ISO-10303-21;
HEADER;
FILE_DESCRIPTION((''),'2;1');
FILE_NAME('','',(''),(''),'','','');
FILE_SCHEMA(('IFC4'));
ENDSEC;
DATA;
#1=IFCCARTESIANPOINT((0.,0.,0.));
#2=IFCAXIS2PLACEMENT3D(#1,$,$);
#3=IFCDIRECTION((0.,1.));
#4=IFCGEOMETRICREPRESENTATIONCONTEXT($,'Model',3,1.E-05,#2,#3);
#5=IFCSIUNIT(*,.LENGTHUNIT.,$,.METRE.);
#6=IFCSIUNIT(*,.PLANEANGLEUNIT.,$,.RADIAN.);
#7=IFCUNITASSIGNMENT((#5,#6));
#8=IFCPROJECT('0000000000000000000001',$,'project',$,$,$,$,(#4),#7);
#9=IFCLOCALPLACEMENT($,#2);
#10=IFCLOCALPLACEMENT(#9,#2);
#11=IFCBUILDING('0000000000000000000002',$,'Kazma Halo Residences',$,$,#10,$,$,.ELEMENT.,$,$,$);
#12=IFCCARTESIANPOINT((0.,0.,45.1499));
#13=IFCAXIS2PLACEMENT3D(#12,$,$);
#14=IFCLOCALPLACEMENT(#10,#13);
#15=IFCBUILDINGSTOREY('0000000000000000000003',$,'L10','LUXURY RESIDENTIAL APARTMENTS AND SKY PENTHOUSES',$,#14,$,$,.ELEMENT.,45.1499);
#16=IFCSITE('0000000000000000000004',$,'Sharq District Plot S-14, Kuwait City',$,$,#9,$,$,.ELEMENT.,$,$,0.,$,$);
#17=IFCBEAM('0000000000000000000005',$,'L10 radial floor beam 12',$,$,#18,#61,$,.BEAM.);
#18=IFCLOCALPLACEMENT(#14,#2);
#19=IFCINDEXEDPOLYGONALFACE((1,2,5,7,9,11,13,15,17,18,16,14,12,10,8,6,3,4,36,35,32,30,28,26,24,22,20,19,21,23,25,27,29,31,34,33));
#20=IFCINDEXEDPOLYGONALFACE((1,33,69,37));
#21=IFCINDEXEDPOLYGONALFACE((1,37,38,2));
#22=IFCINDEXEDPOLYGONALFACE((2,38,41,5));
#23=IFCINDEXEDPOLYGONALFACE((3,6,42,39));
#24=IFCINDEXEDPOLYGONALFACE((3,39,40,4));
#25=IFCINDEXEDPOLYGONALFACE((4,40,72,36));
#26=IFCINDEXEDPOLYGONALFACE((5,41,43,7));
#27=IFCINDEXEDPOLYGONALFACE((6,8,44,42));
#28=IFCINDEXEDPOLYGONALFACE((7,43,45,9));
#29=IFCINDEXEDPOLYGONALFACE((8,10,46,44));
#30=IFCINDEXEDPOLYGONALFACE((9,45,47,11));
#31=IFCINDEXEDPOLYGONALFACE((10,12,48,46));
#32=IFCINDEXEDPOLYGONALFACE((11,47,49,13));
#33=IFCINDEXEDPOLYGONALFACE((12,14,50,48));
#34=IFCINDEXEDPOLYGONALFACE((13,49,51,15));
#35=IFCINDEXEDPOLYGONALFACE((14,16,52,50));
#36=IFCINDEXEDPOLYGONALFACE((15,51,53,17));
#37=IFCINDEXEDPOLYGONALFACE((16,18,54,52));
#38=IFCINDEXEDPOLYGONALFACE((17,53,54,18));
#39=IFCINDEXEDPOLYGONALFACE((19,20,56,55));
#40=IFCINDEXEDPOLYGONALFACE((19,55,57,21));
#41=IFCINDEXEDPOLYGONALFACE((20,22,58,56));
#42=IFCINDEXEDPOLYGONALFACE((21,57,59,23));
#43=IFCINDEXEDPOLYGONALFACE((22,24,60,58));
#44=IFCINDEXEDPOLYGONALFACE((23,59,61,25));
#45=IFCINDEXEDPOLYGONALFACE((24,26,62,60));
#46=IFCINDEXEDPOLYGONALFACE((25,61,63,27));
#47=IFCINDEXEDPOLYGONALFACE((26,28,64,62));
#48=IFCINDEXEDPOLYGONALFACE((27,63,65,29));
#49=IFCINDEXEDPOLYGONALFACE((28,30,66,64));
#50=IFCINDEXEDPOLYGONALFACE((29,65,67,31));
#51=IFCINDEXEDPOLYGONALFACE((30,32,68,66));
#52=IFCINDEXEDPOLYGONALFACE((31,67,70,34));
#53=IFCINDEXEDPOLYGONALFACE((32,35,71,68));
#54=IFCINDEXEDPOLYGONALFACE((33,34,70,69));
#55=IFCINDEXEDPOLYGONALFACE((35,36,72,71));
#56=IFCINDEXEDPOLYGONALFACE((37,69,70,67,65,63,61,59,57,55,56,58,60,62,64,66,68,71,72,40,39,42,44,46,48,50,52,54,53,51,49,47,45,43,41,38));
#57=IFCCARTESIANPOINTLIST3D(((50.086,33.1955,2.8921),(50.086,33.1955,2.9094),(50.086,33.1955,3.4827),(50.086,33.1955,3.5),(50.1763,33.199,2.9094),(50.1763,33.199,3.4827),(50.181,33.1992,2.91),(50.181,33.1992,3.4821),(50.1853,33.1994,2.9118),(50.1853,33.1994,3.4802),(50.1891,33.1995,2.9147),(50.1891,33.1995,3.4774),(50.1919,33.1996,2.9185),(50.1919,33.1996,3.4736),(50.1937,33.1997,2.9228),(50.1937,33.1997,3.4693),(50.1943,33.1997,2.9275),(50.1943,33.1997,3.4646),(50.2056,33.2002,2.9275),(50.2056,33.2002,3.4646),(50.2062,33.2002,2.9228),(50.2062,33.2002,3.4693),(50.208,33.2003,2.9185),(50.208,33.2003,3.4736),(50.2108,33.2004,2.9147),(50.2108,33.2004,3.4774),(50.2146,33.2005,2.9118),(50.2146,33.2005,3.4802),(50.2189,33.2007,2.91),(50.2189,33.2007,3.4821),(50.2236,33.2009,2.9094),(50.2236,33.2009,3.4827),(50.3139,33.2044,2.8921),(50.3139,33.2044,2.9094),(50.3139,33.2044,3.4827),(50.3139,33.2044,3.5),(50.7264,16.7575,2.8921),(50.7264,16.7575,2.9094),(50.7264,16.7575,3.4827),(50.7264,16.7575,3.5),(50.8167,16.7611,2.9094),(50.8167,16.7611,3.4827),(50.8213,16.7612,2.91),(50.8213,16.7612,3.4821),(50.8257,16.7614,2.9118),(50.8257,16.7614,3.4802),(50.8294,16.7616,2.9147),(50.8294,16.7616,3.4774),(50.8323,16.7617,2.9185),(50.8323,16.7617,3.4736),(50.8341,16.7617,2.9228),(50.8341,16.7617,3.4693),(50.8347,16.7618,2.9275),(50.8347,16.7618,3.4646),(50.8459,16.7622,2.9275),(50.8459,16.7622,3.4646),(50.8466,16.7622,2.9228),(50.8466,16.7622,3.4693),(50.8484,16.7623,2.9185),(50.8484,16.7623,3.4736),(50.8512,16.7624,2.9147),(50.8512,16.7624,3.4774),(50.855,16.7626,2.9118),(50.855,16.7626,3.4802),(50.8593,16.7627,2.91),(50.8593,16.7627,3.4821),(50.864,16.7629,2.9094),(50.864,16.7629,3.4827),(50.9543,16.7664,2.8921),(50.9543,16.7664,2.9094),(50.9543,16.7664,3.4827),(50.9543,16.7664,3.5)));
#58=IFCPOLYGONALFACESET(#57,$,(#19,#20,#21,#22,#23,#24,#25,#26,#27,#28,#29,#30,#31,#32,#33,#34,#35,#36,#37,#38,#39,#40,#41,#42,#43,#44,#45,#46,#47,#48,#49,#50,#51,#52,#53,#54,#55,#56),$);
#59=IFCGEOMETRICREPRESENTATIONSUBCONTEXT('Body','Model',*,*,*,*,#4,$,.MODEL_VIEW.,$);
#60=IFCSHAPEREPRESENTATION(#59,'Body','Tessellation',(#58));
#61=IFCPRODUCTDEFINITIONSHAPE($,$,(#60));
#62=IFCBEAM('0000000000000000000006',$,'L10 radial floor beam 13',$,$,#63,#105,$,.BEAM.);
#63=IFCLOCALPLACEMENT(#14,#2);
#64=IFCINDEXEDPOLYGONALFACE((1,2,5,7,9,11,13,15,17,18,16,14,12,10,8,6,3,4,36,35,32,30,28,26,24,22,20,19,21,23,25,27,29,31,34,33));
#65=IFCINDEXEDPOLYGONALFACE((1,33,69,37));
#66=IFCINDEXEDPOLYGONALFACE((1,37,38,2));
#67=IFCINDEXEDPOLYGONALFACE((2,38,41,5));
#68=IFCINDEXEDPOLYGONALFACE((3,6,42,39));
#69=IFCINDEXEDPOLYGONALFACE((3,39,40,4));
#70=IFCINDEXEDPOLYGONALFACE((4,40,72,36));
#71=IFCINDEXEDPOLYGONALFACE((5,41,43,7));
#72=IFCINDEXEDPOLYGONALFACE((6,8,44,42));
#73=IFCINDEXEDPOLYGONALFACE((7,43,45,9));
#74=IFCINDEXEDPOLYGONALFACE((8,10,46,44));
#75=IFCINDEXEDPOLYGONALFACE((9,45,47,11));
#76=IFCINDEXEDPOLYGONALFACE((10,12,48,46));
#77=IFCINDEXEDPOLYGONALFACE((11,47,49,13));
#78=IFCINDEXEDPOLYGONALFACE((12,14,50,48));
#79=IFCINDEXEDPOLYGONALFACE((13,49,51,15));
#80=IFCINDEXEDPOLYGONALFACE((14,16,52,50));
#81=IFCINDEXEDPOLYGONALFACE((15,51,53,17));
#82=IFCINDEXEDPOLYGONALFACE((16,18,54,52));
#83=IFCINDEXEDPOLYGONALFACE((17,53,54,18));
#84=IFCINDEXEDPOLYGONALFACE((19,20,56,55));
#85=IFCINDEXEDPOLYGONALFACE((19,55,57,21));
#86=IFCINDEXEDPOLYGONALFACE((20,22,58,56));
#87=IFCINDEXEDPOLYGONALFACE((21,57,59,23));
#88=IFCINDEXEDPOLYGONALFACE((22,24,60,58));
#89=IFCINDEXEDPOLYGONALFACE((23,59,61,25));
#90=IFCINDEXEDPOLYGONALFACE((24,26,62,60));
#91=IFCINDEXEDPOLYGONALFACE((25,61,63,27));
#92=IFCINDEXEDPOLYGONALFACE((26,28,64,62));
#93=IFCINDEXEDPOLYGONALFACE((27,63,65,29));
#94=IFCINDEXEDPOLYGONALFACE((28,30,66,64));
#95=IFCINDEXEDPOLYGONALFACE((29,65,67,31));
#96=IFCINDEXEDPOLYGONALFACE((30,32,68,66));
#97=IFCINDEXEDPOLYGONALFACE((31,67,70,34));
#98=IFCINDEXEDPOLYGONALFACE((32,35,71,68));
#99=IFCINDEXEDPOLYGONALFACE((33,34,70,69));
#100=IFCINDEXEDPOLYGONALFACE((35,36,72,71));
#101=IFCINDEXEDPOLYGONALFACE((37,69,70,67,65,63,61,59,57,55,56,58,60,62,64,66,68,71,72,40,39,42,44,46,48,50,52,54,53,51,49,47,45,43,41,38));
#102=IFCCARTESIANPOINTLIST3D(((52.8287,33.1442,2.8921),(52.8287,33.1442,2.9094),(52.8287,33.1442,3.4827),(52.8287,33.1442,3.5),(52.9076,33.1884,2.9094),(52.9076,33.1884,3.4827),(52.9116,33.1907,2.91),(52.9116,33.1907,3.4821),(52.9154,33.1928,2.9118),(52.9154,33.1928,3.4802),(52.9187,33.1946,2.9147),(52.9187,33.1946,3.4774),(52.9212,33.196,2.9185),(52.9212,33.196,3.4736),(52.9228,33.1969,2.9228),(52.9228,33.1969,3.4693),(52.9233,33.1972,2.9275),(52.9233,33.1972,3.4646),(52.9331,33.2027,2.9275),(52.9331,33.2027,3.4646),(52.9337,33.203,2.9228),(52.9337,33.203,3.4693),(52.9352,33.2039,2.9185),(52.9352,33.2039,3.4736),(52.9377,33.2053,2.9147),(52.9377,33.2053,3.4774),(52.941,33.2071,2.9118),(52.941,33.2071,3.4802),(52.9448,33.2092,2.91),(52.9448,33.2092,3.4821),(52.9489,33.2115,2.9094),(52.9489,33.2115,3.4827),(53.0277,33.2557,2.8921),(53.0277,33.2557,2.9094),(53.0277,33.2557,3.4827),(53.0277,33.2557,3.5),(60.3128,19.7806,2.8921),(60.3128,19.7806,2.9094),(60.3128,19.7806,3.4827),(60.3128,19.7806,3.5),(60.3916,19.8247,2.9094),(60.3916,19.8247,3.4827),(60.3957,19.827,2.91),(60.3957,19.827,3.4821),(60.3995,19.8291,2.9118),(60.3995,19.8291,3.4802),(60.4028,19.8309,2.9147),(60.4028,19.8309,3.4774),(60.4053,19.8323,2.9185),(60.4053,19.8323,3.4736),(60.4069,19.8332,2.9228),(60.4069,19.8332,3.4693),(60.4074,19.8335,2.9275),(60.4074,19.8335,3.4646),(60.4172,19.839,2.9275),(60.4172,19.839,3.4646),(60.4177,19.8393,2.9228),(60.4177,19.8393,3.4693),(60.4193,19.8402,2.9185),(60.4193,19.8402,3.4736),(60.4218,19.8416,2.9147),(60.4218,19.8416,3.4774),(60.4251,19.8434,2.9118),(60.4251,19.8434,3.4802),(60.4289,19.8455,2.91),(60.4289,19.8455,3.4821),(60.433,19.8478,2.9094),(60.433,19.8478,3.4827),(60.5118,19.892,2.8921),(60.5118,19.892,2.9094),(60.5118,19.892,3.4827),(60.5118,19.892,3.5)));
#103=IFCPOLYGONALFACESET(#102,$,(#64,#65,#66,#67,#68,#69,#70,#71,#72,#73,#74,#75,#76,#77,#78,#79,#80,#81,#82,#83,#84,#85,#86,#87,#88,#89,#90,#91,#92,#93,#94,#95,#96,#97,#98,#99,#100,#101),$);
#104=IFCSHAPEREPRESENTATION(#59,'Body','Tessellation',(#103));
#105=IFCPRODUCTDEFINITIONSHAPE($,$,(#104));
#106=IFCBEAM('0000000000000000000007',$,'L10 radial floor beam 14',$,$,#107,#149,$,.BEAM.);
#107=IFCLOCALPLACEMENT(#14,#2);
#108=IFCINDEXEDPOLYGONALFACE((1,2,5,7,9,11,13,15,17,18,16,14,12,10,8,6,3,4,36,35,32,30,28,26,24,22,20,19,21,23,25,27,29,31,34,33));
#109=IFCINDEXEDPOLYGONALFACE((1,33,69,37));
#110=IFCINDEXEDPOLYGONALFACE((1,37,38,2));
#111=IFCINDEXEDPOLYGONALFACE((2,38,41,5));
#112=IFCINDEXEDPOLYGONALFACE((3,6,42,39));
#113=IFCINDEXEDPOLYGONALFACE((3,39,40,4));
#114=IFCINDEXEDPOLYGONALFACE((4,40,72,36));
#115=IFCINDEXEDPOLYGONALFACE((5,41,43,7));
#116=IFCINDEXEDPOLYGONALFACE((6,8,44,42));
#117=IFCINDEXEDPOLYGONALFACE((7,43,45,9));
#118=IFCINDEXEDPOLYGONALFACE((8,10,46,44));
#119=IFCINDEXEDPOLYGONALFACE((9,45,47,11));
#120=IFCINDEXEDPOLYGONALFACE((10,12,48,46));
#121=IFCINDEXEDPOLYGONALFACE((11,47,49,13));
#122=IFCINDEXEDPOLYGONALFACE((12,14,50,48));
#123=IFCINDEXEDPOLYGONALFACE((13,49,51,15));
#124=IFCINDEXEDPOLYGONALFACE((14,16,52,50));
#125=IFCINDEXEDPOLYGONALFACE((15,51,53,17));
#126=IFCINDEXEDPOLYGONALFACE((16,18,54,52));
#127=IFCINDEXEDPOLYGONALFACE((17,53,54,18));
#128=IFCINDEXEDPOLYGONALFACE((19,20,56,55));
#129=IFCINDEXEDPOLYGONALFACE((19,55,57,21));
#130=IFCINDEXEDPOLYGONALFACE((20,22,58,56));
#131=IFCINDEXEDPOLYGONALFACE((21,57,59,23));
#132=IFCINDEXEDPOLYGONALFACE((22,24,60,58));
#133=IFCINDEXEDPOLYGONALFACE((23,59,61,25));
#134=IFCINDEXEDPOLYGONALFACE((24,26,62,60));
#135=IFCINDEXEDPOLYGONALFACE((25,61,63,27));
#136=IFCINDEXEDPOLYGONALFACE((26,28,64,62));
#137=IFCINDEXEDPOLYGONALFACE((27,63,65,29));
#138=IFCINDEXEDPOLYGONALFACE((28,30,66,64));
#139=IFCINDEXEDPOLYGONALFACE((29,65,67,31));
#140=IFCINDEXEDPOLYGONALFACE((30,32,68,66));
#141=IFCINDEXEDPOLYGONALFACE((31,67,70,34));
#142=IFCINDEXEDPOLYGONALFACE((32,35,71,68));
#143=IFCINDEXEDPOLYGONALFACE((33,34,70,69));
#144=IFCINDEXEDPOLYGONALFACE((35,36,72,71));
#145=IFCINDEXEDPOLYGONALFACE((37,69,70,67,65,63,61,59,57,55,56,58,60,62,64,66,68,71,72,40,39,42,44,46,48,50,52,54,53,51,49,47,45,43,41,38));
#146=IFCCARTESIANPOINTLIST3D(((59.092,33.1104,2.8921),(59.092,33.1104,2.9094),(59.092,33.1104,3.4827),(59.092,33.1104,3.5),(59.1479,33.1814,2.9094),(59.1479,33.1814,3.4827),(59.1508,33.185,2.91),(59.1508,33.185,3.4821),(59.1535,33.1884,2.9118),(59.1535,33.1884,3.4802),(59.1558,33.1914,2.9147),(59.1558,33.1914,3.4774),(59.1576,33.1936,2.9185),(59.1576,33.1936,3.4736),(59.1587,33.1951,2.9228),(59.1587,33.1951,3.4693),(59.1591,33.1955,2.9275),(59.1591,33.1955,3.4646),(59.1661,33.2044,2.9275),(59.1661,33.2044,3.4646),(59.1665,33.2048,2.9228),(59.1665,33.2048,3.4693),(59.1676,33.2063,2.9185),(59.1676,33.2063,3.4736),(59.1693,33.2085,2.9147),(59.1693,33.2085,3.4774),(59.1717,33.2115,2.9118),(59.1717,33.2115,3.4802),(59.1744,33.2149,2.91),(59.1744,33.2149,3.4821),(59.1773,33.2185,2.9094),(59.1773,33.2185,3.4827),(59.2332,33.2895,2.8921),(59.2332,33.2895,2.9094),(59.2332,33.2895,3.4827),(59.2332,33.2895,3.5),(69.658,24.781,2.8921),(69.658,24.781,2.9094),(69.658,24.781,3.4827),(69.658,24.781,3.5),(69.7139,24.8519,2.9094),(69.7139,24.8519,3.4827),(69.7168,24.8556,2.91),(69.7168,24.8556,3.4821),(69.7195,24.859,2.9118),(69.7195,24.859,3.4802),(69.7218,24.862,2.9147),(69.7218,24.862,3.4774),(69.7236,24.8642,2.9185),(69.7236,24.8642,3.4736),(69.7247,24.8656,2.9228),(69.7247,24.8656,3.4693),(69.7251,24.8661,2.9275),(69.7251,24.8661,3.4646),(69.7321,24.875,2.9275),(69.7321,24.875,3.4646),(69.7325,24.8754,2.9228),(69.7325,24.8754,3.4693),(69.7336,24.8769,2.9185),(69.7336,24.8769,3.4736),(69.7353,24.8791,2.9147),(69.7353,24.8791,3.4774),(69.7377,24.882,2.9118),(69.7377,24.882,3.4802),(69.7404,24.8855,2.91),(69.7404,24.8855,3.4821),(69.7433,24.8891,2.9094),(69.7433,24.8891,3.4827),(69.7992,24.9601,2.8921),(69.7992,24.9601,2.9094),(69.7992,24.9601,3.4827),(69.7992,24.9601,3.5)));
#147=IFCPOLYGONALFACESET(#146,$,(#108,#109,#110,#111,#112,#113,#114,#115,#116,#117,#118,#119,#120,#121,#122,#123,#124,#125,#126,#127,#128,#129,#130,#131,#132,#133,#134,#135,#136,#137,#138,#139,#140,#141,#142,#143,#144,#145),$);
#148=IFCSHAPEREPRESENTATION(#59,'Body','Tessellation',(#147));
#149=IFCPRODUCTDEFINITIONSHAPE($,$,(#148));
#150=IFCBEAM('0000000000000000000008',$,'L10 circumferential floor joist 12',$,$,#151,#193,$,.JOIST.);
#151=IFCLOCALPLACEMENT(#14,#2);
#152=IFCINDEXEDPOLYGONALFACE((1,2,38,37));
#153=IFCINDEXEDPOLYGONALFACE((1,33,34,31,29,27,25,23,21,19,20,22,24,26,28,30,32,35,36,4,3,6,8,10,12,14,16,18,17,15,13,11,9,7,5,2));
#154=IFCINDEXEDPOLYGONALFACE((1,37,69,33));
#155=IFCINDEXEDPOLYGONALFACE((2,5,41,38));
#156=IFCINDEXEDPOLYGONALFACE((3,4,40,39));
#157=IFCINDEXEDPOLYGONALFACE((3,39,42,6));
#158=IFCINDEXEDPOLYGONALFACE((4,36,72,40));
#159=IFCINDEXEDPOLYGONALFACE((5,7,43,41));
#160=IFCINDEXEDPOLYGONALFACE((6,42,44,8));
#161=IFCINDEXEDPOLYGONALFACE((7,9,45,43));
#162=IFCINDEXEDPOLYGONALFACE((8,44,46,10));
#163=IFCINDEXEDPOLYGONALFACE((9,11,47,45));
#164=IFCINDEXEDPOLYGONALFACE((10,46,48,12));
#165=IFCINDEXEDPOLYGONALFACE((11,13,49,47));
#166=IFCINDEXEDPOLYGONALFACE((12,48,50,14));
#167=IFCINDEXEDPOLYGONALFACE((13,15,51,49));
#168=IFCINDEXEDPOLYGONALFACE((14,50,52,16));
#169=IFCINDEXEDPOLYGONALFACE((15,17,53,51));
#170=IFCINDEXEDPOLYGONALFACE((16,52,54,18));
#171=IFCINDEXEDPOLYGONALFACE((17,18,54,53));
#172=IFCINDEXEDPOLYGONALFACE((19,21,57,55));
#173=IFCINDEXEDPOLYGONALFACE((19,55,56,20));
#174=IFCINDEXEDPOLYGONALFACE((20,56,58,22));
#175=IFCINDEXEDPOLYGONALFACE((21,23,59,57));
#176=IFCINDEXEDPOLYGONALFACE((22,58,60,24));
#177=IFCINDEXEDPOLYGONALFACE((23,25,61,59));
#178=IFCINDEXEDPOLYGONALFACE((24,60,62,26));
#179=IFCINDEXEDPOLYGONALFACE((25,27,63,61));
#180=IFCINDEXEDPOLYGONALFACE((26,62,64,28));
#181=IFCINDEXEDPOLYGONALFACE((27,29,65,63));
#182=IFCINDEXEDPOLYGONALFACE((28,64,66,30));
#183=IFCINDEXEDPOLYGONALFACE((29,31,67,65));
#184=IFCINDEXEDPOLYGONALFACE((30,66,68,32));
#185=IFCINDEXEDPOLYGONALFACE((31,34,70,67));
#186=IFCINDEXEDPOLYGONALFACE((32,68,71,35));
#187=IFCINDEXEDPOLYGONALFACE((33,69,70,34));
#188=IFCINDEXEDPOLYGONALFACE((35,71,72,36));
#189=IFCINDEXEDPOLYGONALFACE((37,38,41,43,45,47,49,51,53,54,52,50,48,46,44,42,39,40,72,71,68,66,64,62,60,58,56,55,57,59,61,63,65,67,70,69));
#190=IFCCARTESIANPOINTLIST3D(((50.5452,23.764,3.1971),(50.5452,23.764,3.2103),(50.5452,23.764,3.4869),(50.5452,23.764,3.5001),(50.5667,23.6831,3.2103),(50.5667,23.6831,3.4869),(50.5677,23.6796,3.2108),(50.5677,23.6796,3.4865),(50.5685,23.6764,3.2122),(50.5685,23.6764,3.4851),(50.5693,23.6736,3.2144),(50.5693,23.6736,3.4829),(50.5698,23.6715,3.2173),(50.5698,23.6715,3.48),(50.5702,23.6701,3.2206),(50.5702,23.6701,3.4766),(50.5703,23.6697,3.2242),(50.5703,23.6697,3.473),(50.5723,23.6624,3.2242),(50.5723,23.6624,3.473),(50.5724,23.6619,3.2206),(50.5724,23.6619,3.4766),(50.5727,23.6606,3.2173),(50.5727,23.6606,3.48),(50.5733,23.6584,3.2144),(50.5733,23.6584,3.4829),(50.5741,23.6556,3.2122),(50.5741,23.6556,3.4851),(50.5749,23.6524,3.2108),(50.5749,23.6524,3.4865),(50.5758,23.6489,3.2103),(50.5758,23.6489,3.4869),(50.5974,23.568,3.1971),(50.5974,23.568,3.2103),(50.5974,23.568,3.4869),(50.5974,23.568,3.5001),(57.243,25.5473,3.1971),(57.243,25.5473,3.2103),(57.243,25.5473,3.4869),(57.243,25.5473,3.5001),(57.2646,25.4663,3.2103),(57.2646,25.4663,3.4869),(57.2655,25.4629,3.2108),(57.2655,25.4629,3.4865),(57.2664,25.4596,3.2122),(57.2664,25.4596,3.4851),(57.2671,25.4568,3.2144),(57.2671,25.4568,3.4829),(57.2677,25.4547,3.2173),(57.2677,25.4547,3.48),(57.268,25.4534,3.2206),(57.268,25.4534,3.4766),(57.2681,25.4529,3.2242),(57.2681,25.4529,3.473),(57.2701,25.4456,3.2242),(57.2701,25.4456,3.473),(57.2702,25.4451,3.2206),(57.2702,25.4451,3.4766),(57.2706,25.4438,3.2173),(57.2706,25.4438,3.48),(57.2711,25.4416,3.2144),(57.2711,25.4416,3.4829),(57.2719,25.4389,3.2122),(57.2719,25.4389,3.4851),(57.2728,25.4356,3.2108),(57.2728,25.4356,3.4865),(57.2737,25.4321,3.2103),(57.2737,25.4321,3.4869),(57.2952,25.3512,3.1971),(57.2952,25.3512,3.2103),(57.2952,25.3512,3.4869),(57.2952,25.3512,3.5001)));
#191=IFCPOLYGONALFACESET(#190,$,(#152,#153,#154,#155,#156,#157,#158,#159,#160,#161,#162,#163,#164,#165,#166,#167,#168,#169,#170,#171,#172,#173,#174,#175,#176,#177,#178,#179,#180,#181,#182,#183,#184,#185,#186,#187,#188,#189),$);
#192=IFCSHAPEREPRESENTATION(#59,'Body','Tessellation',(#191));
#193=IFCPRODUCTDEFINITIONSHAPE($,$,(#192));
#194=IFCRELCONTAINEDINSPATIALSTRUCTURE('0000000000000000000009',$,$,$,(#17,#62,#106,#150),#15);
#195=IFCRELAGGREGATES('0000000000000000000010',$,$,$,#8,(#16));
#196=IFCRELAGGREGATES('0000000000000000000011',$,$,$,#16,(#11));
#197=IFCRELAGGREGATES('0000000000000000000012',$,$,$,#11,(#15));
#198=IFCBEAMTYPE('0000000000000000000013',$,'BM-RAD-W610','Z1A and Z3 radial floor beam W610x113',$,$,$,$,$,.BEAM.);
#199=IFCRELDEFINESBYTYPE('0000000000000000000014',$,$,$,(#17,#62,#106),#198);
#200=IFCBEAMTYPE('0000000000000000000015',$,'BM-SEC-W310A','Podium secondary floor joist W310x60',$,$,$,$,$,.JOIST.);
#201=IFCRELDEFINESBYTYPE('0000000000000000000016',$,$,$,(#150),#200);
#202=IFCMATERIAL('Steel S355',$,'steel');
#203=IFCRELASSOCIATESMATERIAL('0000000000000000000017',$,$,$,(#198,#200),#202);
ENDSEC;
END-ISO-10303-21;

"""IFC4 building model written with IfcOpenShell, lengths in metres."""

from ifc_helpers import new_model, si_unit, direction, frame, origin, origin_2d, place, context, subcontext, project, spatial, i_section, extrude, material, material_profile, profile_set, type_object, element, save


model = new_model("IFC4")

# Units and contexts
model_context = context("Model", 3, precision=1e-05, world=origin(), true_north=direction((0.0, 1.0)))
body_context = subcontext(model_context, "Body", "Model", "MODEL_VIEW")
ifc_project = project(units=[si_unit("LENGTHUNIT", "METRE"), si_unit("PLANEANGLEUNIT", "RADIAN")], contexts=[model_context])

# Site, building, storey
site_placement = place(None, origin())
site = spatial("IfcSite", under=ifc_project, at=site_placement, Name="Sharq District Plot S-14, Kuwait City", CompositionType="ELEMENT", RefElevation=0.0)
building_placement = place(site_placement, origin())
building = spatial("IfcBuilding", under=site, at=building_placement, Name="Kazma Halo Residences", CompositionType="ELEMENT")
storey_placement = place(building_placement, frame((0.0, 0.0, 45.1499)))
storey = spatial("IfcBuildingStorey", under=building, at=storey_placement, Name="L10", Description="LUXURY RESIDENTIAL APARTMENTS AND SKY PENTHOUSES", CompositionType="ELEMENT", Elevation=45.1499)

# Beams
ifc_material_1 = material(Name="Steel S355", Category="steel")
ifc_material_profile_1 = material_profile(ifc_material_1, i_section(OverallWidth=0.228, OverallDepth=0.6079, WebThickness=0.0112, FlangeThickness=0.0173, FilletRadius=0.0181, at=origin_2d()), Name="W610x113")
ifc_profile_set_1 = profile_set([ifc_material_profile_1], Name="Steel S355")
beam_type_1 = type_object("IfcBeamType", Name="BM-RAD-W610", Description="Z1A and Z3 radial floor beam W610x113", PredefinedType="BEAM", material=ifc_profile_set_1)
beam_1_placement = place(storey_placement, frame((50.2, 33.2, 3.196), z_axis=(0.038928, -0.999242, 0.0), x_axis=(0.999242, 0.038928, 0.0)))
element("IfcBeam", 1, at=beam_1_placement, inside=storey, type_object=beam_type_1, Name="L10 radial floor beam 12", PredefinedType="BEAM", context=body_context, shape_type="SweptSolid", body=[
    extrude(i_section(OverallWidth=0.228, OverallDepth=0.6079, WebThickness=0.0112, FlangeThickness=0.0173, FilletRadius=0.0181, at=origin_2d()), origin(), (0.0, 0.0, 1.0), 16.4504),
])
beam_2_placement = place(storey_placement, frame((52.9282, 33.2, 3.196), z_axis=(0.488624, -0.872494, 0.0), x_axis=(0.872494, 0.488624, 0.0)))
element("IfcBeam", 2, at=beam_2_placement, inside=storey, type_object=beam_type_1, Name="L10 radial floor beam 13", PredefinedType="BEAM", context=body_context, shape_type="SweptSolid", body=[
    extrude(i_section(OverallWidth=0.228, OverallDepth=0.6079, WebThickness=0.0112, FlangeThickness=0.0173, FilletRadius=0.0181, at=origin_2d()), origin(), (0.0, 0.0, 1.0), 15.3167),
])
beam_3_placement = place(storey_placement, frame((59.1626, 33.2, 3.196), z_axis=(0.785322, -0.619087, 0.0), x_axis=(0.619087, 0.785322, 0.0)))
element("IfcBeam", 3, at=beam_3_placement, inside=storey, type_object=beam_type_1, Name="L10 radial floor beam 14", PredefinedType="BEAM", context=body_context, shape_type="SweptSolid", body=[
    extrude(i_section(OverallWidth=0.228, OverallDepth=0.6079, WebThickness=0.0112, FlangeThickness=0.0173, FilletRadius=0.0181, at=origin_2d()), origin(), (0.0, 0.0, 1.0), 13.4543),
])
ifc_material_profile_2 = material_profile(ifc_material_1, i_section(OverallWidth=0.2029, OverallDepth=0.303, WebThickness=0.0076, FlangeThickness=0.0132, FilletRadius=0.0139, at=origin_2d()), Name="W310x60")
ifc_profile_set_2 = profile_set([ifc_material_profile_2], Name="Steel S355")
beam_type_2 = type_object("IfcBeamType", Name="BM-SEC-W310A", Description="Podium secondary floor joist W310x60", PredefinedType="JOIST", material=ifc_profile_set_2)
beam_4_placement = place(storey_placement, frame((50.5713, 23.666, 3.3486), z_axis=(0.966338, 0.257277, 0.0), x_axis=(-0.257277, 0.966338, 0.0)))
element("IfcBeam", 4, at=beam_4_placement, inside=storey, type_object=beam_type_2, Name="L10 circumferential floor joist 12", PredefinedType="JOIST", context=body_context, shape_type="SweptSolid", body=[
    extrude(i_section(OverallWidth=0.2029, OverallDepth=0.303, WebThickness=0.0076, FlangeThickness=0.0132, FilletRadius=0.0139, at=origin_2d()), origin(), (0.0, 0.0, 1.0), 6.9312),
])

save(model, "model.ifc")
